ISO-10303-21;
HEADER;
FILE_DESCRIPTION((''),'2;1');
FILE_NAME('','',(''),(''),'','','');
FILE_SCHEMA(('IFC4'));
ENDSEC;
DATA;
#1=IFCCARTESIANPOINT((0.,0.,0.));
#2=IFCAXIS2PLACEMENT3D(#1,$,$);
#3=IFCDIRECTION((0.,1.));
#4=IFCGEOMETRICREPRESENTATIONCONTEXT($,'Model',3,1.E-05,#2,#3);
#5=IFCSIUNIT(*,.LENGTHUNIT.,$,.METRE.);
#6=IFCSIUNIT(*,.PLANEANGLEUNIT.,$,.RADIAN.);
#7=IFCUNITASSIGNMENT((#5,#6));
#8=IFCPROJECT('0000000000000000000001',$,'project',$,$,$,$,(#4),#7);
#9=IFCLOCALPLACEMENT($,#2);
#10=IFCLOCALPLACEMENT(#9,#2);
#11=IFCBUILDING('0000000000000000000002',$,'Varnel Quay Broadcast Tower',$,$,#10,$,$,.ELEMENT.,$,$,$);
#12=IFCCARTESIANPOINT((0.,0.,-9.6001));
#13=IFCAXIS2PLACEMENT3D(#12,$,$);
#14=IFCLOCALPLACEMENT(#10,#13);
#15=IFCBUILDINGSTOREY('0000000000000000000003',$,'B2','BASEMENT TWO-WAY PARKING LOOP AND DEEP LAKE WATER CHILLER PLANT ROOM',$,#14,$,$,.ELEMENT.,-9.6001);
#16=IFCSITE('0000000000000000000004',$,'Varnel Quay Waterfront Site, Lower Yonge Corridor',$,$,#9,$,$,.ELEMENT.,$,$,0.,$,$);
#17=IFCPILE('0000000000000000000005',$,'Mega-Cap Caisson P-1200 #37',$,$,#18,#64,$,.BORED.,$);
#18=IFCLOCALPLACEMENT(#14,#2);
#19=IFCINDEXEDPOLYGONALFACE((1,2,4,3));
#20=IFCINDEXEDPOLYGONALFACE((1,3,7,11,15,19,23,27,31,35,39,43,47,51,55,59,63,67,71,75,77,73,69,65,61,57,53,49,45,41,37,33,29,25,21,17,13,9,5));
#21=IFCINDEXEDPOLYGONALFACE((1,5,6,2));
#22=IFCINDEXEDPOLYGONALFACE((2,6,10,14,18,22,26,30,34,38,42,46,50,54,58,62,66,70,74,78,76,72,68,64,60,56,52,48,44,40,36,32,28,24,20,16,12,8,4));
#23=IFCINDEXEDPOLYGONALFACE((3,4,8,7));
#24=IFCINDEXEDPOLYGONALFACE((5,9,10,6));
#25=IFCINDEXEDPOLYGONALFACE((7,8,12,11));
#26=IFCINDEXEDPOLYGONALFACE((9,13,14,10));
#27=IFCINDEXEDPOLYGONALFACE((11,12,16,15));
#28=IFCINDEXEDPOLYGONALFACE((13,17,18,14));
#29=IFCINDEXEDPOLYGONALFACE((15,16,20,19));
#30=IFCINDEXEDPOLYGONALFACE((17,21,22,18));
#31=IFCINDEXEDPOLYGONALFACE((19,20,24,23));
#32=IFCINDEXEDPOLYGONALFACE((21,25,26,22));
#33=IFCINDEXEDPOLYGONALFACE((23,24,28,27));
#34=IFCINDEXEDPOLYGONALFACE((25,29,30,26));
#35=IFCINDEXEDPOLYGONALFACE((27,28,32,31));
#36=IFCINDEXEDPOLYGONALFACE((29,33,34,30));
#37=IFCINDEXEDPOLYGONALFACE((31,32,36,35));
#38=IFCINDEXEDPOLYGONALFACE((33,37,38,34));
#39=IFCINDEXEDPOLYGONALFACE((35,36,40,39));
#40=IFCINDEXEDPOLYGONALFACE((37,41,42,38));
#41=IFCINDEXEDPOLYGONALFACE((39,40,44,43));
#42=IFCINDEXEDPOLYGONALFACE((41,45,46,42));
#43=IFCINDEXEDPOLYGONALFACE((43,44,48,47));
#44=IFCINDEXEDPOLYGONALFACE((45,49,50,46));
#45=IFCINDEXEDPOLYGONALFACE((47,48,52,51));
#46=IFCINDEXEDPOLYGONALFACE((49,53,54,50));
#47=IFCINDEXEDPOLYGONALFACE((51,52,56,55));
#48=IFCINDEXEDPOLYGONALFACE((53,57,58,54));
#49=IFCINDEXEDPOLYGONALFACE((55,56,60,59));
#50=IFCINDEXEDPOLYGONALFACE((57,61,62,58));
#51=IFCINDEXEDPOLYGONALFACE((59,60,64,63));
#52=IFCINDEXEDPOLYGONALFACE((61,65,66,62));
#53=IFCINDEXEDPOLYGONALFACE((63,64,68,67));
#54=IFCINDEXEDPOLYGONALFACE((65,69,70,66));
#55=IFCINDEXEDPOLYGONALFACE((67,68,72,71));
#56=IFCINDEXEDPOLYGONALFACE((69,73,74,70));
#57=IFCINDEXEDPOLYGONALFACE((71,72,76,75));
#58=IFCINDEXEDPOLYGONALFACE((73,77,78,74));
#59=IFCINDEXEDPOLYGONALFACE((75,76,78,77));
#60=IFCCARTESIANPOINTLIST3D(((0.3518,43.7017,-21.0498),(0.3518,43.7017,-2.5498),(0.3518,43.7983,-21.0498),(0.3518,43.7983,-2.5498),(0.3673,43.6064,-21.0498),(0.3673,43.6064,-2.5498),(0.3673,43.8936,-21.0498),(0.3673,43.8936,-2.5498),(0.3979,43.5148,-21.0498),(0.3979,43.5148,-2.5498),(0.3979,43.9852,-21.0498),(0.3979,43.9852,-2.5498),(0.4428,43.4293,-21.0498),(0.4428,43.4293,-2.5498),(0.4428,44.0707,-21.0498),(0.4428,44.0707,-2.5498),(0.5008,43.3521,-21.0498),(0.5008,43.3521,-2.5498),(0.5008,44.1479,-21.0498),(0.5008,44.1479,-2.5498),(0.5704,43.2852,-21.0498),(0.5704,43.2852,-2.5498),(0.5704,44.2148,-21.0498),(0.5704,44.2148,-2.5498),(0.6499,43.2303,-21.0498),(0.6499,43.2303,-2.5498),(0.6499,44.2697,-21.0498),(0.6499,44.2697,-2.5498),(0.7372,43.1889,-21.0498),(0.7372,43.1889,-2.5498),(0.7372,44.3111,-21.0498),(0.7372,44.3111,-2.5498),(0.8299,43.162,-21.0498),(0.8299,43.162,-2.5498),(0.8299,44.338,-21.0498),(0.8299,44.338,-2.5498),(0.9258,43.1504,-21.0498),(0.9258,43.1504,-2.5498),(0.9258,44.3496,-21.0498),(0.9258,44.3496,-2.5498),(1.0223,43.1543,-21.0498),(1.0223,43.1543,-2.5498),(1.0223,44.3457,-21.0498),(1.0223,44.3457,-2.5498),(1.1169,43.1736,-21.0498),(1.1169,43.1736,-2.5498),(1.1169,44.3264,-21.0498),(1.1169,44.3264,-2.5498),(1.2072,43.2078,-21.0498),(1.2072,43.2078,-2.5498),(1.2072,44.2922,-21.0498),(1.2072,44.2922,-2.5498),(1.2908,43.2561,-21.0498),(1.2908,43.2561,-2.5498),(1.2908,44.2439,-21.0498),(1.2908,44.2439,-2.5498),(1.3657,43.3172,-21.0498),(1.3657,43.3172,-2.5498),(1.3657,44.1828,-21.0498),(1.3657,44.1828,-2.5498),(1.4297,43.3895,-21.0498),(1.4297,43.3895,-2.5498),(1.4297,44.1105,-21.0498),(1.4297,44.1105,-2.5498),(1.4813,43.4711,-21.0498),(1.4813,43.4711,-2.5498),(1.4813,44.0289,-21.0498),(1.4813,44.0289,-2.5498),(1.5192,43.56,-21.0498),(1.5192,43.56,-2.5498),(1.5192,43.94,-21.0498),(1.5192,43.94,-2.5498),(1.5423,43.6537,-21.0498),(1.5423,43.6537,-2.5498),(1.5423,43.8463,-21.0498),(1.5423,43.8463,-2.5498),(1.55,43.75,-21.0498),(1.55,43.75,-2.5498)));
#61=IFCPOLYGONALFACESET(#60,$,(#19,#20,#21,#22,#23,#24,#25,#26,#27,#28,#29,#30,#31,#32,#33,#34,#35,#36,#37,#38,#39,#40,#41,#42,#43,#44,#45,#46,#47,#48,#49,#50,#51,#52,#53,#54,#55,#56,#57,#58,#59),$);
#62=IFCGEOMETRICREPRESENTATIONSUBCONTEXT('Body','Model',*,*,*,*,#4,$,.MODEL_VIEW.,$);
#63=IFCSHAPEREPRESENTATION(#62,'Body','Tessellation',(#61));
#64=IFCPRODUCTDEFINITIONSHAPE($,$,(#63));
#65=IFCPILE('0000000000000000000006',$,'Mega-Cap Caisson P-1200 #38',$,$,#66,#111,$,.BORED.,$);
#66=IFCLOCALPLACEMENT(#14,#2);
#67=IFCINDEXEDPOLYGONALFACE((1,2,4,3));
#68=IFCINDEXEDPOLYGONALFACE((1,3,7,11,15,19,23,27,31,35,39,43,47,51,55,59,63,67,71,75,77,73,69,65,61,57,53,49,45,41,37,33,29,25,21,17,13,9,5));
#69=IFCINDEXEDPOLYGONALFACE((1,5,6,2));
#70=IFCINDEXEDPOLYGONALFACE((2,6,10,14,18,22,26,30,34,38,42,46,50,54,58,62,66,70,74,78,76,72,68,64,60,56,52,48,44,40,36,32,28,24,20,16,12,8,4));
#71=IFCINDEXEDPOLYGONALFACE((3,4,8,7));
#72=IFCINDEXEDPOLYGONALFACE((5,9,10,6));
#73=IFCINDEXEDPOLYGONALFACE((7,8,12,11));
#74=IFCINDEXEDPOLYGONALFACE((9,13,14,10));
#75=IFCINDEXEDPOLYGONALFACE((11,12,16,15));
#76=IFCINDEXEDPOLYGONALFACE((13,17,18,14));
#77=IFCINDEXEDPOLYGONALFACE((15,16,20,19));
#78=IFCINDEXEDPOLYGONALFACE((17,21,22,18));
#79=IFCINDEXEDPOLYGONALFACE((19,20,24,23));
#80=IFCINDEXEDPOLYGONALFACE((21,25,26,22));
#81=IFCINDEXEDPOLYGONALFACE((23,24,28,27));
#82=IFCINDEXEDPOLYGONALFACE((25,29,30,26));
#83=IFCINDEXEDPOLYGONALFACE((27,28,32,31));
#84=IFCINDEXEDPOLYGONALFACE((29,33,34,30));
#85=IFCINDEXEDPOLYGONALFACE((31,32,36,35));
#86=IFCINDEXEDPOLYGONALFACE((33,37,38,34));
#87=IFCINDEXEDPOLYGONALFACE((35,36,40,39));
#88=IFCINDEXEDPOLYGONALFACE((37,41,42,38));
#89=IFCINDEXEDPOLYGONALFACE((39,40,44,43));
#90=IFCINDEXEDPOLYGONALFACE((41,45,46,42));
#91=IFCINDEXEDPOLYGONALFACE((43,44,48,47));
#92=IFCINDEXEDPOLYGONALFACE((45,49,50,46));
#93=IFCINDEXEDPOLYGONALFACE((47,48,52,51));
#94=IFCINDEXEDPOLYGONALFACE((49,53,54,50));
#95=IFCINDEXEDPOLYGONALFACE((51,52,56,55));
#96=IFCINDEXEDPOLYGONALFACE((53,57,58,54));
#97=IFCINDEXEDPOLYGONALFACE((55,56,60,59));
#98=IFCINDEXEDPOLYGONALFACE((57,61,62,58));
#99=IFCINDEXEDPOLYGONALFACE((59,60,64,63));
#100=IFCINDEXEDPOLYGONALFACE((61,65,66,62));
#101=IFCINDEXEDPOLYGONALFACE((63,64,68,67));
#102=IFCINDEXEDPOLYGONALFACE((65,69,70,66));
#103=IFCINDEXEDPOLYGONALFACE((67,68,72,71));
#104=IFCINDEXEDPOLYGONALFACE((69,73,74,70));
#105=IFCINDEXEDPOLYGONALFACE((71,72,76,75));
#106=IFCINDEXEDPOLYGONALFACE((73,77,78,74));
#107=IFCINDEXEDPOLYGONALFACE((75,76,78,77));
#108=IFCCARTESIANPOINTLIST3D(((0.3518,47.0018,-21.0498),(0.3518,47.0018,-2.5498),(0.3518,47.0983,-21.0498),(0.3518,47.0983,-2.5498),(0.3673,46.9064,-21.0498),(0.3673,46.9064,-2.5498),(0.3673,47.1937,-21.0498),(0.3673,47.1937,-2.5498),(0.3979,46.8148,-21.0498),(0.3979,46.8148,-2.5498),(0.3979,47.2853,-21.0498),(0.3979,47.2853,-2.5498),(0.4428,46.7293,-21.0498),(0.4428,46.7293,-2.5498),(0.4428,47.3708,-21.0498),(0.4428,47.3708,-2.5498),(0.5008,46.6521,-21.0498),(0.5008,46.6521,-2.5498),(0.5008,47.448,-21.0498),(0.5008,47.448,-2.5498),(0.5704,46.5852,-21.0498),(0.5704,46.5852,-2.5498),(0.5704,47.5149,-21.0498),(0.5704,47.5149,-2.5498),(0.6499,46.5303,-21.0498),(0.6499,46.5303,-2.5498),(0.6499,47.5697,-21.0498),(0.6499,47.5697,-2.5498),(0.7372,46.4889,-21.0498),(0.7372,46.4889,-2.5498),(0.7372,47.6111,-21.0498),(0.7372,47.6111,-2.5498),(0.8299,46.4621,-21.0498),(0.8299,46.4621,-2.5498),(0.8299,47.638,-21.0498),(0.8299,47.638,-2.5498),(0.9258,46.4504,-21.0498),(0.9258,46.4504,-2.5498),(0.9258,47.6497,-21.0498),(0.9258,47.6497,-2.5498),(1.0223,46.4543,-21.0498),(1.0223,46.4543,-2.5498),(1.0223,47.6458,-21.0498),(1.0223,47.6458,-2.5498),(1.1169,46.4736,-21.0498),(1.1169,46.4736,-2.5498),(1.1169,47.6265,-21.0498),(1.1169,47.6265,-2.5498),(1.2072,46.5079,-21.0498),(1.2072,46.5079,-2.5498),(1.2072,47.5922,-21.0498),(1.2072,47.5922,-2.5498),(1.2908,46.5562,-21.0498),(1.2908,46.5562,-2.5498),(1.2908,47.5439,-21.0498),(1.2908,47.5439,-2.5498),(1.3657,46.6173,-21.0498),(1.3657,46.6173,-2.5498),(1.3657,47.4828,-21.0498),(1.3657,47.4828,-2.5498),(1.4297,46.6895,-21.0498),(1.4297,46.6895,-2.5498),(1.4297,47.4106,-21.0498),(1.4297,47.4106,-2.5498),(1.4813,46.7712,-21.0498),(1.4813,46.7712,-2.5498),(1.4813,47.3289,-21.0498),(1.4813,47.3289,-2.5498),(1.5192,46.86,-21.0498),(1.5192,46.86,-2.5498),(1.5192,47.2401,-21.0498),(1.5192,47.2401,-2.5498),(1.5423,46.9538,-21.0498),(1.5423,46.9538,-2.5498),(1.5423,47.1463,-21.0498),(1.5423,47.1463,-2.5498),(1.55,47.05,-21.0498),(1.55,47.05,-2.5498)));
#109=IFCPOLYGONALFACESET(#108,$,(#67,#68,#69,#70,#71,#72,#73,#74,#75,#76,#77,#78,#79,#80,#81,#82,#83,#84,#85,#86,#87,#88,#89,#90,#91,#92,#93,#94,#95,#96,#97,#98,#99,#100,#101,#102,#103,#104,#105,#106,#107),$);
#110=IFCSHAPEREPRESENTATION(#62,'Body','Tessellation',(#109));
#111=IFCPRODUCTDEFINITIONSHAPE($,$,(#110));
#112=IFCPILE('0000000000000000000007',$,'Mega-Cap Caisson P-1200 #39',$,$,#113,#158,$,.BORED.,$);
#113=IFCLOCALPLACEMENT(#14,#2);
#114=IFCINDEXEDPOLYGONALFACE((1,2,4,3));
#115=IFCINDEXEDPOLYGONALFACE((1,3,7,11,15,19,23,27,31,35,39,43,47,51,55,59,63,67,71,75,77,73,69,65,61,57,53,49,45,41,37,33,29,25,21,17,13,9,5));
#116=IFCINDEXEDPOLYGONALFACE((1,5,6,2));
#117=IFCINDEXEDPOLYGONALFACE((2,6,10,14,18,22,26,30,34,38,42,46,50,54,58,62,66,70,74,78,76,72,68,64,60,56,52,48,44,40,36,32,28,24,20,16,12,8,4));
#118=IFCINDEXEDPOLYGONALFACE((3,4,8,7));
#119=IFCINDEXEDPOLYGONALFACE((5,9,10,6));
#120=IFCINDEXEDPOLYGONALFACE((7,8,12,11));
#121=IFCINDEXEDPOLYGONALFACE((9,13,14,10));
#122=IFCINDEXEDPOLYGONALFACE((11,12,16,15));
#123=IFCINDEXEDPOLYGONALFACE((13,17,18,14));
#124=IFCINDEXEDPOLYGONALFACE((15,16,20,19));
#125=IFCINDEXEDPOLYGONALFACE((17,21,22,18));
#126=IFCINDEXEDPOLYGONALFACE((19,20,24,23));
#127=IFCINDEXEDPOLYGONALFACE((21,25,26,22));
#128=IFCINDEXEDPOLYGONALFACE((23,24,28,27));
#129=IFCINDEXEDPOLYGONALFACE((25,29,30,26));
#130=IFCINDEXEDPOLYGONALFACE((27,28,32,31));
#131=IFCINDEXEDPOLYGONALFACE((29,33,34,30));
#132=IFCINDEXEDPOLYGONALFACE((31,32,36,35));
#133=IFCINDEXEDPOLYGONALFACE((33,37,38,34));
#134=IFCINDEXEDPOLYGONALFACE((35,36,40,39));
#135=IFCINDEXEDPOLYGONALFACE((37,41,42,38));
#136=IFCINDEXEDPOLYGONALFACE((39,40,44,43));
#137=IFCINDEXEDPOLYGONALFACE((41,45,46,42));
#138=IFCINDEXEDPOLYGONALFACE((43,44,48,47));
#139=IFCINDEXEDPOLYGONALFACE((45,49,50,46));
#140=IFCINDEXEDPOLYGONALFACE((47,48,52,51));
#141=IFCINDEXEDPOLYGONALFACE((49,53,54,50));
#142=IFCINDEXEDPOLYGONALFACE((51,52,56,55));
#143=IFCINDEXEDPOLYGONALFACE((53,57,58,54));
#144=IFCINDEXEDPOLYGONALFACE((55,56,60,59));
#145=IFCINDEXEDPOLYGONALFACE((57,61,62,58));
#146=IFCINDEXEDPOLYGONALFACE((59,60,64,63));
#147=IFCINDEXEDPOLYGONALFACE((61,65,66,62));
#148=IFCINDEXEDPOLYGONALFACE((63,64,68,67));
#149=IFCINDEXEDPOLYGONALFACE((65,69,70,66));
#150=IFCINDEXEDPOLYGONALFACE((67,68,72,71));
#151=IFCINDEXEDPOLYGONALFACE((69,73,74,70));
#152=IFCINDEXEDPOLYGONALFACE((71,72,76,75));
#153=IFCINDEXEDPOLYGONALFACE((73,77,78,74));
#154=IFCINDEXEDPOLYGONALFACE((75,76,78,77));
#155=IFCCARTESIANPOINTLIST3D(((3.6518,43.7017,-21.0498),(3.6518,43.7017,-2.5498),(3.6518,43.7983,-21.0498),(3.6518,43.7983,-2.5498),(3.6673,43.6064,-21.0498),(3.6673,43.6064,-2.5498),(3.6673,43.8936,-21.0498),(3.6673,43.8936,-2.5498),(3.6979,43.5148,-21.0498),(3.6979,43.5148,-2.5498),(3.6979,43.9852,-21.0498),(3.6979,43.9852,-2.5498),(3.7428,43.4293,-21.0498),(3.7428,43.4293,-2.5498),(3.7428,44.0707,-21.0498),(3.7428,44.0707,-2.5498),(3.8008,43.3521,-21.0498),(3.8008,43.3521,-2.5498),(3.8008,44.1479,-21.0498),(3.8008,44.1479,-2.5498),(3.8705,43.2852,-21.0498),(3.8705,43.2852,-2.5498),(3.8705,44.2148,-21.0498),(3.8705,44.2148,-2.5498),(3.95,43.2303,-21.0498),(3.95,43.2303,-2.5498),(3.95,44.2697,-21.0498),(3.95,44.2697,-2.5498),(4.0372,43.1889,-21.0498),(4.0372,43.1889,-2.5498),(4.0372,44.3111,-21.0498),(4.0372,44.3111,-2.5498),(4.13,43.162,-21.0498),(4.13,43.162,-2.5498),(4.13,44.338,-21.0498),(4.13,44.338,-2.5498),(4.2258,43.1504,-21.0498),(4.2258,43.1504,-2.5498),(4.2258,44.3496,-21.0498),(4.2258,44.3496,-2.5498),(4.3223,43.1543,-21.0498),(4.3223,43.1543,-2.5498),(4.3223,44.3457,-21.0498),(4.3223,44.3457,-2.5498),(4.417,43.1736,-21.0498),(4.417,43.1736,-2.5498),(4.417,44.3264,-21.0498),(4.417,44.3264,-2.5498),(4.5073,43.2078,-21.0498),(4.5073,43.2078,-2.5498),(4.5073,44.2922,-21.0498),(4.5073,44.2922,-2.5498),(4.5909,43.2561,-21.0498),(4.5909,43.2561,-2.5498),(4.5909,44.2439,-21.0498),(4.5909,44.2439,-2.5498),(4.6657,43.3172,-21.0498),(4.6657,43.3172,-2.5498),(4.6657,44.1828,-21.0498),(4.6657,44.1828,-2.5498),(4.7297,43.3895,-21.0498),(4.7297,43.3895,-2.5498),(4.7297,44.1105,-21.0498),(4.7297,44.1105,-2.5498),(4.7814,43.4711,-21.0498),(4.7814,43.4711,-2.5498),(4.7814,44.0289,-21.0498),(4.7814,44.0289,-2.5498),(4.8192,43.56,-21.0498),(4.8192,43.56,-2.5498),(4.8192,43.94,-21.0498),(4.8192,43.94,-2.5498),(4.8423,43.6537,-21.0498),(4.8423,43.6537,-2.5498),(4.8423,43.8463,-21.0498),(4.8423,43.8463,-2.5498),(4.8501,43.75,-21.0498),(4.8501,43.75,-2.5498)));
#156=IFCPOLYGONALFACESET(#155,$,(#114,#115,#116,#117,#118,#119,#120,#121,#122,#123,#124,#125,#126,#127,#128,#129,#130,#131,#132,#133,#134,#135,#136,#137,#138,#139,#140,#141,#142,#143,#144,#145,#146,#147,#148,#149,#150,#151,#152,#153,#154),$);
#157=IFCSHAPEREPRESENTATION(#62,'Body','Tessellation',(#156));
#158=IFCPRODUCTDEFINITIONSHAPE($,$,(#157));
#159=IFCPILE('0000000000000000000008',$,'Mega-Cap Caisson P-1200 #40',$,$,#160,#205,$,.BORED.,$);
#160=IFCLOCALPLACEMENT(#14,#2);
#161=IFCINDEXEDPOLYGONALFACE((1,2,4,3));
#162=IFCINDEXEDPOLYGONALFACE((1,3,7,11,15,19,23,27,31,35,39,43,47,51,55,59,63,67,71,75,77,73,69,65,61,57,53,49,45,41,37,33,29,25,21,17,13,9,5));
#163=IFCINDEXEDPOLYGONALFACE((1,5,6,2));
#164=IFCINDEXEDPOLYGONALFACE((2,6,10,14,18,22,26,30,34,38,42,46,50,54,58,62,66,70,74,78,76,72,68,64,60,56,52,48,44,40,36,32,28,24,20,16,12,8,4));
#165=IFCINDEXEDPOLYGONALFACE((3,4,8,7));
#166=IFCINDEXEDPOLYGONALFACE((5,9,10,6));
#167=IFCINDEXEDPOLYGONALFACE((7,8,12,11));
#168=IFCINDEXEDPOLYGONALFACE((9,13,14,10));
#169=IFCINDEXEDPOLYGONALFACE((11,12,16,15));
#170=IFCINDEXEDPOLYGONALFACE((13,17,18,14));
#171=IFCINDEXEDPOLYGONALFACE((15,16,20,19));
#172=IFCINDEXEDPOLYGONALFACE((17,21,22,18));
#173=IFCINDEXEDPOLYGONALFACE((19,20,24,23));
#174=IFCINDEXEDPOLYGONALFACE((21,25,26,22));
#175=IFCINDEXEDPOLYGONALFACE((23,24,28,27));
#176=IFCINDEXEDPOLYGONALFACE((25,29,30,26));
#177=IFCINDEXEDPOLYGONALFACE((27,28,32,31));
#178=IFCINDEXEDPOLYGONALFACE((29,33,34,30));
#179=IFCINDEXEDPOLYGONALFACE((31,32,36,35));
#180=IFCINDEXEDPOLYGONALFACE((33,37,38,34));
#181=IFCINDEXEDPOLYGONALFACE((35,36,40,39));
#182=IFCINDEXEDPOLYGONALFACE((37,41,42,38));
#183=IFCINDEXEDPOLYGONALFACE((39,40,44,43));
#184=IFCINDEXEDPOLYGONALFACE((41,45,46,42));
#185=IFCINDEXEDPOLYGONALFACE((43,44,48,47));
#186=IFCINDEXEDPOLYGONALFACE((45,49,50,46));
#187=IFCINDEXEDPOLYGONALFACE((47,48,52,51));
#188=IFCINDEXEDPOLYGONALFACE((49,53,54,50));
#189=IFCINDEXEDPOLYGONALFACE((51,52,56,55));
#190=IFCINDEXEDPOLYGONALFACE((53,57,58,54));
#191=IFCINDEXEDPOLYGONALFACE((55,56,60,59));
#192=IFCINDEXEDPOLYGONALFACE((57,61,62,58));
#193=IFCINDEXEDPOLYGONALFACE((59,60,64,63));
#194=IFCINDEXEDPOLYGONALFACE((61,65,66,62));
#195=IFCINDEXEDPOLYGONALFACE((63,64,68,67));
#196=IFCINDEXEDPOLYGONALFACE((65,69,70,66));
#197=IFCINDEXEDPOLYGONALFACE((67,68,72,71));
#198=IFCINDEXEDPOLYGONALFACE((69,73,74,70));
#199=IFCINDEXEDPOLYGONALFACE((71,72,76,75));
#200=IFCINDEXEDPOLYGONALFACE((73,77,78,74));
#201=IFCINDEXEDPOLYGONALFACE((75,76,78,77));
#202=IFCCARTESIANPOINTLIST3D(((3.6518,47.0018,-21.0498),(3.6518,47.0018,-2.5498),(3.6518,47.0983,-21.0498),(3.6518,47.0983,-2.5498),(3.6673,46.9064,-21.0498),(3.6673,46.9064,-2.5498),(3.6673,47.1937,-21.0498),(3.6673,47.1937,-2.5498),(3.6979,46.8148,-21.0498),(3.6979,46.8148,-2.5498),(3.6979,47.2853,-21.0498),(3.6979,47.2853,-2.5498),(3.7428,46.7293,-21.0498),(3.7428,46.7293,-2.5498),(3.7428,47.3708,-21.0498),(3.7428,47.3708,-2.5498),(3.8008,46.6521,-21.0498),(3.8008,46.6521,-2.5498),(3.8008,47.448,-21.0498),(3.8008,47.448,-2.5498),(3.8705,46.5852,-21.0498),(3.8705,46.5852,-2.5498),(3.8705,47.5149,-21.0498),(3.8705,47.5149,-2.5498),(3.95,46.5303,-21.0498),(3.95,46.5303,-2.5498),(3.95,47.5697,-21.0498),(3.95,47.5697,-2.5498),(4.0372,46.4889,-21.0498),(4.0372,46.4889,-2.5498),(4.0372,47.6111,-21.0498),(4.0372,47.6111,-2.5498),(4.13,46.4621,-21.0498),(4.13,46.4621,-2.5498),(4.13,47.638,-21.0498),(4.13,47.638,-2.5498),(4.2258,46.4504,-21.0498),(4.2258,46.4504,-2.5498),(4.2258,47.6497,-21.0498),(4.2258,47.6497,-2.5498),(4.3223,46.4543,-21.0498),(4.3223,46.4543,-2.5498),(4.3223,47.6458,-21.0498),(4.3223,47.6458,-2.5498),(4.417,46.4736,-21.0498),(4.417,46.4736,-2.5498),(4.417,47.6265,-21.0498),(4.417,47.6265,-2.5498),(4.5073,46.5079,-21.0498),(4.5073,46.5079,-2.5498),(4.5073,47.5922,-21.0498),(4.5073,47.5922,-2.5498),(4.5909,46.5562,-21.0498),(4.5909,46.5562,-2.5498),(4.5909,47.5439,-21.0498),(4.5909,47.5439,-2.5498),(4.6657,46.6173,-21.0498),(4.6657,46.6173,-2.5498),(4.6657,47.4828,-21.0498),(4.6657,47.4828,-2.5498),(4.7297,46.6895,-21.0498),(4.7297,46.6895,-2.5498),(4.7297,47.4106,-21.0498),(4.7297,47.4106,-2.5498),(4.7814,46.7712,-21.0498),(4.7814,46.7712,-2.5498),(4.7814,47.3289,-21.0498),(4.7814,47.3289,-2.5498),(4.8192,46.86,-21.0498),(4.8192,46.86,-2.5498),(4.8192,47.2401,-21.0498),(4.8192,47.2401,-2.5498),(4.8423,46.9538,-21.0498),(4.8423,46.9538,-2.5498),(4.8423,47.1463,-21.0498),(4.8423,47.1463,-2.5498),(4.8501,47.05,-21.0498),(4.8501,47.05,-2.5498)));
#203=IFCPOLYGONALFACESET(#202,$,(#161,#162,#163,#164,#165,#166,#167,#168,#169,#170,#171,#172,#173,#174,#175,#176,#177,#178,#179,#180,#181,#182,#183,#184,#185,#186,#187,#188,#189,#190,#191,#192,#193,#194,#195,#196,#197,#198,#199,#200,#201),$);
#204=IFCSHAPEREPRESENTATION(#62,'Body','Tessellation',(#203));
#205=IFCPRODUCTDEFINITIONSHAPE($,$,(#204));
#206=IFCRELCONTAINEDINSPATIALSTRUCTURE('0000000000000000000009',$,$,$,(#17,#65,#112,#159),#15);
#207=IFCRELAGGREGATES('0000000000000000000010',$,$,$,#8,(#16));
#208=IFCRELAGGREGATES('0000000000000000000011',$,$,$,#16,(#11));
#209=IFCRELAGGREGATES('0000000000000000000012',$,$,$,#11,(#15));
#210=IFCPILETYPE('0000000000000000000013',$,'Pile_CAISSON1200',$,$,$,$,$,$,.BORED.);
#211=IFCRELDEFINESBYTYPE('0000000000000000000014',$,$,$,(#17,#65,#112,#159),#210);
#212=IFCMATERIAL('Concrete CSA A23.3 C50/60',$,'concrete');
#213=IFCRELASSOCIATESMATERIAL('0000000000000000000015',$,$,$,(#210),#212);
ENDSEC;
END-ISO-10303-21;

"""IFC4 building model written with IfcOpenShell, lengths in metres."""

from ifc_helpers import new_model, si_unit, direction, frame, origin, origin_2d, place, context, subcontext, project, spatial, circle, extrude, source, transform, mapped, material, material_profile, profile_set, type_object, element, save


model = new_model("IFC4")

# Units and contexts
model_context = context("Model", 3, precision=1e-05, world=origin(), true_north=direction((0.0, 1.0)))
body_context = subcontext(model_context, "Body", "Model", "MODEL_VIEW")
ifc_project = project(units=[si_unit("LENGTHUNIT", "METRE"), si_unit("PLANEANGLEUNIT", "RADIAN")], contexts=[model_context])

# Site, building, storey
site_placement = place(None, origin())
site = spatial("IfcSite", under=ifc_project, at=site_placement, Name="Varnel Quay Waterfront Site, Lower Yonge Corridor", CompositionType="ELEMENT", RefElevation=0.0)
building_placement = place(site_placement, origin())
building = spatial("IfcBuilding", under=site, at=building_placement, Name="Varnel Quay Broadcast Tower", CompositionType="ELEMENT")
storey_placement = place(building_placement, frame((0.0, 0.0, -9.6001)))
storey = spatial("IfcBuildingStorey", under=building, at=storey_placement, Name="B2", Description="BASEMENT TWO-WAY PARKING LOOP AND DEEP LAKE WATER CHILLER PLANT ROOM", CompositionType="ELEMENT", Elevation=-9.6001)

# Piles
ifc_material_1 = material(Name="Concrete CSA A23.3 C50/60", Category="concrete")
ifc_material_profile_1 = material_profile(ifc_material_1, circle(Radius=0.6001, at=origin_2d()), Name="CAISSON1200")
ifc_profile_set_1 = profile_set([ifc_material_profile_1], Name="Concrete CSA A23.3 C50/60")
pile_type = type_object("IfcPileType", Name="Pile_CAISSON1200", PredefinedType="BORED", material=ifc_profile_set_1)
shared_shape_1 = source(origin(), body_context, "Body", "SweptSolid", [
    extrude(circle(Radius=0.6001, at=origin_2d()), origin(), (0.0, 0.0, 1.0), 18.5),
])
for number, where, z_axis, x_axis, name in (
    (1, (0.95, 43.75, -2.5498), (0.0, 0.0, -1.0), (1.0, 0.0, 0.0), "Mega-Cap Caisson P-1200 #37"),
    (2, (0.95, 47.05, -2.5498), (0.0, 0.0, -1.0), (1.0, 0.0, 0.0), "Mega-Cap Caisson P-1200 #38"),
    (3, (4.25, 43.75, -2.5498), (0.0, 0.0, -1.0), (1.0, 0.0, 0.0), "Mega-Cap Caisson P-1200 #39"),
    (4, (4.25, 47.05, -2.5498), (0.0, 0.0, -1.0), (1.0, 0.0, 0.0), "Mega-Cap Caisson P-1200 #40"),
):
    element("IfcPile", number, at=place(storey_placement, frame(where, z_axis=z_axis, x_axis=x_axis)), inside=storey, type_object=pile_type, Name=name, PredefinedType="BORED", context=body_context, shape_type="MappedRepresentation", body=[
        mapped(shared_shape_1, transform((0.0, 0.0, 0.0), x_axis=(1.0, 0.0, 0.0), y_axis=(0.0, 1.0, 0.0), z_axis=(0.0, 0.0, 1.0), scale=1.0)),
    ])

save(model, "model.ifc")
